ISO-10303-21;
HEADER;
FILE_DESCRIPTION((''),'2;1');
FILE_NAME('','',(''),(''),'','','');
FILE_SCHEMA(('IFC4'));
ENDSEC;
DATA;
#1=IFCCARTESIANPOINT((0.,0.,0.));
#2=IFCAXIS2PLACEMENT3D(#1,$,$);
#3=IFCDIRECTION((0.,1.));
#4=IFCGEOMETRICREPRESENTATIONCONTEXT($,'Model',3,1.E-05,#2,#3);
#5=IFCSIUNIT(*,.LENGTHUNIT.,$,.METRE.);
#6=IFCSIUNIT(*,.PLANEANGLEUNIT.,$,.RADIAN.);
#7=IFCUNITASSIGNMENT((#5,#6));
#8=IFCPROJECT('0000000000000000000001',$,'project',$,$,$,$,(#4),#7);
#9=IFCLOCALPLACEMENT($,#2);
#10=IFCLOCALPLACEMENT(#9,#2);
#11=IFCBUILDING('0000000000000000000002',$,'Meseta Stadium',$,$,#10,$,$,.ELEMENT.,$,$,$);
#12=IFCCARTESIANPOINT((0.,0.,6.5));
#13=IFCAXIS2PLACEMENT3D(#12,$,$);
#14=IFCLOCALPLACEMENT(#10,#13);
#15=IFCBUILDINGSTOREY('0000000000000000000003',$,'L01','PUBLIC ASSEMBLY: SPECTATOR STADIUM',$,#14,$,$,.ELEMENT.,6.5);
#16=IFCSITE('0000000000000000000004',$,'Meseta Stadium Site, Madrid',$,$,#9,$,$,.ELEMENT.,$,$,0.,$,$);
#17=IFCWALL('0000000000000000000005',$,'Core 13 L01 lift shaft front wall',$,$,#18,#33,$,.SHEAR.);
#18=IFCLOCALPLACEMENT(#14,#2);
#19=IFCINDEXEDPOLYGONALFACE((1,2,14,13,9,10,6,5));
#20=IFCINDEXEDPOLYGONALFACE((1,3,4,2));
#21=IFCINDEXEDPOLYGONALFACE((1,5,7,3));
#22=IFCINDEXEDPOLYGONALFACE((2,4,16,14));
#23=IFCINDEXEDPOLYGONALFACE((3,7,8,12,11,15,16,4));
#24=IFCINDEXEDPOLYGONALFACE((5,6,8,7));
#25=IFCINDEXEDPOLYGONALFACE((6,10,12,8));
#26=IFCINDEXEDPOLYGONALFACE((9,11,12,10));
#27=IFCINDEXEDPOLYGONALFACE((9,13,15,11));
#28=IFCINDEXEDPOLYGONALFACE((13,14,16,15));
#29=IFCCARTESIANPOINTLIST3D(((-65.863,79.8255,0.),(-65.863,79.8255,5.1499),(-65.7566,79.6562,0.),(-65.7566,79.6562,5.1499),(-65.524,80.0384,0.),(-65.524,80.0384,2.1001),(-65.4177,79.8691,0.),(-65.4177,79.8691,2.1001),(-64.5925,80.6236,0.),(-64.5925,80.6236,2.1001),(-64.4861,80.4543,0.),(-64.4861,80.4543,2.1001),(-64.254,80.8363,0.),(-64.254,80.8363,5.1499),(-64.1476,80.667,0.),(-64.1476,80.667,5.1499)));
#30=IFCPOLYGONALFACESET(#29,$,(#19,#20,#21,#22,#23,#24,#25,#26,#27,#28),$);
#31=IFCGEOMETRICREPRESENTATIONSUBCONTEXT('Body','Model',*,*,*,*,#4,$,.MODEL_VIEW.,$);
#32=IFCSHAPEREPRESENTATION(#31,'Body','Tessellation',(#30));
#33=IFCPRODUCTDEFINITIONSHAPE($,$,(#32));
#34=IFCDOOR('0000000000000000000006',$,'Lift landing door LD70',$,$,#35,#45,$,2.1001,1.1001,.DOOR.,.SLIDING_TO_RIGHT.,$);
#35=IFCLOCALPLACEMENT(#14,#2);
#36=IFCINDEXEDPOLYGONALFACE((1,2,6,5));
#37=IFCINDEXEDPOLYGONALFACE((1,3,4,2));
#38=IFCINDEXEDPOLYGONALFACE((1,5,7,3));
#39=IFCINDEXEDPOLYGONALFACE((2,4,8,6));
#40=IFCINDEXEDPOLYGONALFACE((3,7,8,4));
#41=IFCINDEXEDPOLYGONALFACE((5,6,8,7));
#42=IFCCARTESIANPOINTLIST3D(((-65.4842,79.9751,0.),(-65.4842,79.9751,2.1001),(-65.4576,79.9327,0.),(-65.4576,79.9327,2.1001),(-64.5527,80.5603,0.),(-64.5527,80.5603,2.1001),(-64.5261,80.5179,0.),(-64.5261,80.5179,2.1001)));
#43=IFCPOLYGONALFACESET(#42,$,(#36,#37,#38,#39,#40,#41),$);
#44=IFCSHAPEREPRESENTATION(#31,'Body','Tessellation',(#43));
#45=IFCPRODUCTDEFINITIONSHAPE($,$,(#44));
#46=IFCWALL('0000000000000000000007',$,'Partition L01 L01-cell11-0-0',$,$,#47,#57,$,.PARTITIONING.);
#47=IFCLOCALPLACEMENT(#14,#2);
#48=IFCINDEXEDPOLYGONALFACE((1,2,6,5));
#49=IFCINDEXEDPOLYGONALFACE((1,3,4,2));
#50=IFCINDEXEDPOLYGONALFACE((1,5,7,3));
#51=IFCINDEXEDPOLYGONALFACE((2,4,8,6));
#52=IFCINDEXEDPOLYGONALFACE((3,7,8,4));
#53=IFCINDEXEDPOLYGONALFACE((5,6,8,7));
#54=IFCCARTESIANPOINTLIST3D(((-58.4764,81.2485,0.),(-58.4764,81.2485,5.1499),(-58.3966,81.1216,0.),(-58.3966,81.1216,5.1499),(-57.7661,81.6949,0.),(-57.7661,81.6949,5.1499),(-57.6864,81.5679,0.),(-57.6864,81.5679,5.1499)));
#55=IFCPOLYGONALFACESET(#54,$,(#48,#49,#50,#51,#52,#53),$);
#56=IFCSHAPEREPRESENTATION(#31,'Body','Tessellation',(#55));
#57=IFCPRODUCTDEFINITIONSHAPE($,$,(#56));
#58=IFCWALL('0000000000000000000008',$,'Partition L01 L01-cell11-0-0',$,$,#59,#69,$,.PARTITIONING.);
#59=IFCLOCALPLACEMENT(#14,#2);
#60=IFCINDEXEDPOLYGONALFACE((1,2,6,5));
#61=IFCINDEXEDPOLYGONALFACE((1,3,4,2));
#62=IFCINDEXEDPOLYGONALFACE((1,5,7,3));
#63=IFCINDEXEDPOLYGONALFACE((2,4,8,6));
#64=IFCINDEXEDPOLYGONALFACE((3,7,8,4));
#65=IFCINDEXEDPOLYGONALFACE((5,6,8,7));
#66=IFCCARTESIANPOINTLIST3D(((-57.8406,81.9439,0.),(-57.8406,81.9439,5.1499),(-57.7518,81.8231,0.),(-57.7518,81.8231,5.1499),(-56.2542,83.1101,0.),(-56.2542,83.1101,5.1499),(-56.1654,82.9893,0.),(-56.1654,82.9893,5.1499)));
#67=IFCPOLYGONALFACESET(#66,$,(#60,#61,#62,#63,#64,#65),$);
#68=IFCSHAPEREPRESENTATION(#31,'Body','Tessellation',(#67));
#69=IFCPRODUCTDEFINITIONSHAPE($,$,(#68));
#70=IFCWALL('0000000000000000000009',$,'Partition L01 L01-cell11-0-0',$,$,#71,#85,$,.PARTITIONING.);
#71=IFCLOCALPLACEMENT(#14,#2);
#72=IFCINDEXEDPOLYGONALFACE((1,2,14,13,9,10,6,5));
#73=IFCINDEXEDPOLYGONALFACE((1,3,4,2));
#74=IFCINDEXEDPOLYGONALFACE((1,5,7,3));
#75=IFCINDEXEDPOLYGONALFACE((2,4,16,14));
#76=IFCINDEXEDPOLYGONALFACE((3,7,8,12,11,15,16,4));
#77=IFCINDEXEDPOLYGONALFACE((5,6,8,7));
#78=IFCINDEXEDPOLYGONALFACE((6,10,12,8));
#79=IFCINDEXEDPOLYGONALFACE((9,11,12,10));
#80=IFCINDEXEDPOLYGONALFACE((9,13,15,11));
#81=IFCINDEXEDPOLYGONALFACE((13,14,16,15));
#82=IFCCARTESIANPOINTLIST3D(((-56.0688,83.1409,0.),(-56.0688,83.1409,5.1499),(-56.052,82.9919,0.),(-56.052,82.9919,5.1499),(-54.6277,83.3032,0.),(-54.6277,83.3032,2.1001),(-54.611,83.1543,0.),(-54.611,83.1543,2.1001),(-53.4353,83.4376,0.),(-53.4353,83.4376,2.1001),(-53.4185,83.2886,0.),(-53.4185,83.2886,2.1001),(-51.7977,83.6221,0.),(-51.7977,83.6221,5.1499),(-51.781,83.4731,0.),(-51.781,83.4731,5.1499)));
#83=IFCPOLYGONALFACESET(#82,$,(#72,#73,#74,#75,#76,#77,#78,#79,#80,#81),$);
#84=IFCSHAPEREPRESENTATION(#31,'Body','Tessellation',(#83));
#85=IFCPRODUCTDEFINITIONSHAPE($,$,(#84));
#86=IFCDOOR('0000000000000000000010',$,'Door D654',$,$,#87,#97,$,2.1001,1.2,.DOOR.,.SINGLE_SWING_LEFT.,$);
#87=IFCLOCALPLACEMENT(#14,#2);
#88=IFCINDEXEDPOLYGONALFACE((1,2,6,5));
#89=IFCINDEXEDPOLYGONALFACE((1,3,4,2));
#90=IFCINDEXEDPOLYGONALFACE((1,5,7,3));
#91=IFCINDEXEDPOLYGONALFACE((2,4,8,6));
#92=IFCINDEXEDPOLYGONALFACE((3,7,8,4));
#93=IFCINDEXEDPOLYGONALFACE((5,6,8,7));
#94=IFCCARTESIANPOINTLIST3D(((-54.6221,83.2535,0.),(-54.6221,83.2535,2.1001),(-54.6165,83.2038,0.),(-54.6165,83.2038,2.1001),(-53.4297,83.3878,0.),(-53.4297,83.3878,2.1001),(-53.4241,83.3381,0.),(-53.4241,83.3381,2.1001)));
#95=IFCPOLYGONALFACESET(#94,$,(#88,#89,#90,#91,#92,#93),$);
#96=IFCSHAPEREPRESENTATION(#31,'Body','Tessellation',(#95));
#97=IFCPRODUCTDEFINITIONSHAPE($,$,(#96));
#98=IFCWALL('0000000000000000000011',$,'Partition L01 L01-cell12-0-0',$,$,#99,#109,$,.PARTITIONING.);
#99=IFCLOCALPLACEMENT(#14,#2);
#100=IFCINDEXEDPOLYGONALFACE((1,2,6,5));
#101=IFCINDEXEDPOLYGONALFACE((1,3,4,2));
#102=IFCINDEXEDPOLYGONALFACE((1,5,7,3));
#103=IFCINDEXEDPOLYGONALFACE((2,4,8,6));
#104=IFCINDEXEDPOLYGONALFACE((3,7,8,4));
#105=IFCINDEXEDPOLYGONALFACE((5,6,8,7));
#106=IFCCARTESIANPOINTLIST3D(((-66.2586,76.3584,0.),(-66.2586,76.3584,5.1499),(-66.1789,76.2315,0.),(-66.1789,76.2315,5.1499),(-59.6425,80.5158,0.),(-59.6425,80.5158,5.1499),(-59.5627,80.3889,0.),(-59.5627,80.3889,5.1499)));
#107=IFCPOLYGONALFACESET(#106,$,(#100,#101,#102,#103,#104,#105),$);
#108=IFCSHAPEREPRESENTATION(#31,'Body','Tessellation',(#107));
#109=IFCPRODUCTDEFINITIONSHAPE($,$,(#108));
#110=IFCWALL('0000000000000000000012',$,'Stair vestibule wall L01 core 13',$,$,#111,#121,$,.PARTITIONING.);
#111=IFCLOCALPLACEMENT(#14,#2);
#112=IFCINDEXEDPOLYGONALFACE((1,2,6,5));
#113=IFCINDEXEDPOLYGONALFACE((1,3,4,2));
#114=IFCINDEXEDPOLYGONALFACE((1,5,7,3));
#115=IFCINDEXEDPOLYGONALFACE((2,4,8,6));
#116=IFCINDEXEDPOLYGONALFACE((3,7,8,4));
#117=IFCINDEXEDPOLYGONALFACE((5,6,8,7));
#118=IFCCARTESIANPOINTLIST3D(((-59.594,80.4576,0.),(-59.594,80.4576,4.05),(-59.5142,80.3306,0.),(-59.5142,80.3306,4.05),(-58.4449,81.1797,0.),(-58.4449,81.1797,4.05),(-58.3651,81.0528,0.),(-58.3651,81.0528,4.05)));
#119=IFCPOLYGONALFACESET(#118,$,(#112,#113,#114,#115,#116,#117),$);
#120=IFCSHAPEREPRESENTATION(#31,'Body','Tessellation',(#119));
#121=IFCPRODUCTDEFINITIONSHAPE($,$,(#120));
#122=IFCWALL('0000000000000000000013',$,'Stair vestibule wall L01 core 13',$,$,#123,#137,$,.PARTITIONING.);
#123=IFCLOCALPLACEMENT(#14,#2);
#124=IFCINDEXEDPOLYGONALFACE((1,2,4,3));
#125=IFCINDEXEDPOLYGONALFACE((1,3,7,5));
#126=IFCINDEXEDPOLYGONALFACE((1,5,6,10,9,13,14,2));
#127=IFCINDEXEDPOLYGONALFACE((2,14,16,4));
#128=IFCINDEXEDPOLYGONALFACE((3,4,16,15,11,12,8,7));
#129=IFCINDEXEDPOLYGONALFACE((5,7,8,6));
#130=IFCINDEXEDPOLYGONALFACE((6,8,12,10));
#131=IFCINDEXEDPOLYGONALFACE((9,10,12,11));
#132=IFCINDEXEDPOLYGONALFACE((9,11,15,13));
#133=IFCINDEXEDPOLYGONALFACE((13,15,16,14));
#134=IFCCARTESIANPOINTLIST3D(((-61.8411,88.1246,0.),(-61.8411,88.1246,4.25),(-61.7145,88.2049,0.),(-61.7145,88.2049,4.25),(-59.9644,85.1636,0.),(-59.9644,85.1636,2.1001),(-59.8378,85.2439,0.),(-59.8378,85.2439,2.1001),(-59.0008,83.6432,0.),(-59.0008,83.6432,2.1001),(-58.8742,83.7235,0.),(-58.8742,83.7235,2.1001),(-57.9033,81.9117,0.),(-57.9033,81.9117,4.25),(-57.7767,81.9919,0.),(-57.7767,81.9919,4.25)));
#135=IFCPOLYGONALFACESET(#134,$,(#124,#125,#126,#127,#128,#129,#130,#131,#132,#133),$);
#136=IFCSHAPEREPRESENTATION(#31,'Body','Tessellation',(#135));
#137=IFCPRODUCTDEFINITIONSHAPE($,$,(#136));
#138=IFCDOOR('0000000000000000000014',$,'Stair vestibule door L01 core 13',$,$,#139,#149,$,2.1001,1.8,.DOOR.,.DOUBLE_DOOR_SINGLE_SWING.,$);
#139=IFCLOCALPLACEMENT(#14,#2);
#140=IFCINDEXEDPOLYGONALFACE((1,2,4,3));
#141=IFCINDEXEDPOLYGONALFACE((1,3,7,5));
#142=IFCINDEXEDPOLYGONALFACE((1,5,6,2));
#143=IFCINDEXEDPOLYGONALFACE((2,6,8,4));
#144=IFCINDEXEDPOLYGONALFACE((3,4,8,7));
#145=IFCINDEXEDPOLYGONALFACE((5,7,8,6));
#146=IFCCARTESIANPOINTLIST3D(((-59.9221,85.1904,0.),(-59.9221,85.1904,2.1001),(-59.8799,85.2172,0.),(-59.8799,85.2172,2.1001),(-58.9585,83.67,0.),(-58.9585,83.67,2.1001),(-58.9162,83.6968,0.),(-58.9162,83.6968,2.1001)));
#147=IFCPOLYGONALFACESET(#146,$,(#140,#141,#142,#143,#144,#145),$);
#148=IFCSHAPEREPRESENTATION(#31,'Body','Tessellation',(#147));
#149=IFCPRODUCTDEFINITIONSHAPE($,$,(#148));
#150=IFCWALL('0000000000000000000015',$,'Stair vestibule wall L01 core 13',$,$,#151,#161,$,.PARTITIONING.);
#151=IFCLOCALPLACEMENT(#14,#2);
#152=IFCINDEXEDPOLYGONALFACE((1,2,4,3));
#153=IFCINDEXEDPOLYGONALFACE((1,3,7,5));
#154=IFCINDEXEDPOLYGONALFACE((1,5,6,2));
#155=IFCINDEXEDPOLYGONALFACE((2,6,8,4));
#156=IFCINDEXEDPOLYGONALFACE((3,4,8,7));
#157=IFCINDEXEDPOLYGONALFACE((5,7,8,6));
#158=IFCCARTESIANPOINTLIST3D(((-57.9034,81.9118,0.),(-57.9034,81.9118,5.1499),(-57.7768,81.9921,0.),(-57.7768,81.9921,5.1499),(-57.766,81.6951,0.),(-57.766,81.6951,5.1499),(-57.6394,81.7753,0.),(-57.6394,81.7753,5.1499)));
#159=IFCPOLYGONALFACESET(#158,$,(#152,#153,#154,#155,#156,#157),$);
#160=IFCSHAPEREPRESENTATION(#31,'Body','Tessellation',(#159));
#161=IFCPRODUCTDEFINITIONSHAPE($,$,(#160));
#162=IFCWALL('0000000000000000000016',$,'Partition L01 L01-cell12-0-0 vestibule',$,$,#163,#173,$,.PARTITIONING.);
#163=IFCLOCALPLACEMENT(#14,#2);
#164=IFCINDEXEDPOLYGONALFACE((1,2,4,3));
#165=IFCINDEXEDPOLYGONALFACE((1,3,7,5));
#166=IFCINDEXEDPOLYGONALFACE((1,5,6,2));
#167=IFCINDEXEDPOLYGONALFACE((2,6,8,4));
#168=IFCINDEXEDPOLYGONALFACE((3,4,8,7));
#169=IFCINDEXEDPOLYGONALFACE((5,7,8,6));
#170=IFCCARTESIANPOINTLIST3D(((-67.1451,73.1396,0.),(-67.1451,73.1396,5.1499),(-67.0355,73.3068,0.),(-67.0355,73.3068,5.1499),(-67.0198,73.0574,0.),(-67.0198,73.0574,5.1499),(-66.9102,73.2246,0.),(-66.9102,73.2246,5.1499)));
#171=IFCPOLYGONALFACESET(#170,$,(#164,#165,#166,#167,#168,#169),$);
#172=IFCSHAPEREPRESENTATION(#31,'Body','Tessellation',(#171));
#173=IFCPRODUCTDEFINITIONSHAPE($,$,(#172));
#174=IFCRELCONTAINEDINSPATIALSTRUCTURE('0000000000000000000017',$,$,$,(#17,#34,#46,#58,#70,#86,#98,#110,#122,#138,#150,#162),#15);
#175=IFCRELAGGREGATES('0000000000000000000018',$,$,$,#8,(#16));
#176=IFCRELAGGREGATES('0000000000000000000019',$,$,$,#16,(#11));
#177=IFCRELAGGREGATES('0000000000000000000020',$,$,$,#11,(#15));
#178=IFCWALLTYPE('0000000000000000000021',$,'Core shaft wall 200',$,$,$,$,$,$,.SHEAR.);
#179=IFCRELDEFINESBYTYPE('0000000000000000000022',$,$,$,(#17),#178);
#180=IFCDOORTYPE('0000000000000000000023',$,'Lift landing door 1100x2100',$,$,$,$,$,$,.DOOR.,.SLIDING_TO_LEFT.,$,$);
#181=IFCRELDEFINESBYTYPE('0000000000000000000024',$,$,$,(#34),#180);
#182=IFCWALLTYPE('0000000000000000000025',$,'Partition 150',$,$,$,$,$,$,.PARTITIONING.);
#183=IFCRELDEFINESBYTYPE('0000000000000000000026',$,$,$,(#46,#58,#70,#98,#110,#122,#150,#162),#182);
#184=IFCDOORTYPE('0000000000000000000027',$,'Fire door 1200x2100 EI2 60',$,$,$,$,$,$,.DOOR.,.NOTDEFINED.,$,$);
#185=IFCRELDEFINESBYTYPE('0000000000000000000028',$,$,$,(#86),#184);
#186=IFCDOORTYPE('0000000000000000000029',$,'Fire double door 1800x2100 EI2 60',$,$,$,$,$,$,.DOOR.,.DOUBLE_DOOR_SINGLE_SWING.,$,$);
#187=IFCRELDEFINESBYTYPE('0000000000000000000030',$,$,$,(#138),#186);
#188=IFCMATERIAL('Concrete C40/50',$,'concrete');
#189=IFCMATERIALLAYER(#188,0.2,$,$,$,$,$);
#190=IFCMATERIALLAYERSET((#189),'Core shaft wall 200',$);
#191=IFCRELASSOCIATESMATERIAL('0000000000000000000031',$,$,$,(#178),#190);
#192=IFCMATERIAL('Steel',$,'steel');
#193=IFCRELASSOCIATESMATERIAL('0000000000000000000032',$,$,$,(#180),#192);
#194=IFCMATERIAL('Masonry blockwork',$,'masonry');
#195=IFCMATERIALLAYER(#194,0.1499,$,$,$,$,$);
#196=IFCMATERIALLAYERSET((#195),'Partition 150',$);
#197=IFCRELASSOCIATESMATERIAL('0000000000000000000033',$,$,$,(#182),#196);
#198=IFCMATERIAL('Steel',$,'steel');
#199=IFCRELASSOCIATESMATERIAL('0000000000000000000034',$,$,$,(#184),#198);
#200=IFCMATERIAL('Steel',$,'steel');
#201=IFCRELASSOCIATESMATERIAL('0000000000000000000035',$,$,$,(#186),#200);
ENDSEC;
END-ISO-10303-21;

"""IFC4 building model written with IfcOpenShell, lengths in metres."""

from ifc_helpers import new_model, si_unit, direction, frame, frame_2d, origin, place, context, subcontext, project, spatial, rectangle, extrude, material, layer, layer_set, type_object, element, fill, save


model = new_model("IFC4")

# Units and contexts
model_context = context("Model", 3, precision=1e-05, world=origin(), true_north=direction((0.0, 1.0)))
body_context = subcontext(model_context, "Body", "Model", "MODEL_VIEW")
ifc_project = project(units=[si_unit("LENGTHUNIT", "METRE"), si_unit("PLANEANGLEUNIT", "RADIAN")], contexts=[model_context])

# Site, building, storey
site_placement = place(None, origin())
site = spatial("IfcSite", under=ifc_project, at=site_placement, Name="Meseta Stadium Site, Madrid", CompositionType="ELEMENT", RefElevation=0.0)
building_placement = place(site_placement, origin())
building = spatial("IfcBuilding", under=site, at=building_placement, Name="Meseta Stadium", CompositionType="ELEMENT")
storey_placement = place(building_placement, frame((0.0, 0.0, 6.5)))
storey = spatial("IfcBuildingStorey", under=building, at=storey_placement, Name="L01", Description="PUBLIC ASSEMBLY: SPECTATOR STADIUM", CompositionType="ELEMENT", Elevation=6.5)

# Wall, opening, door
ifc_material_1 = material(Name="Concrete C40/50", Category="concrete")
ifc_layer_1 = layer(ifc_material_1, 0.2)
ifc_layer_set_1 = layer_set([ifc_layer_1], Name="Core shaft wall 200")
wall_type_1 = type_object("IfcWallType", Name="Core shaft wall 200", PredefinedType="SHEAR", material=ifc_layer_set_1)
wall_1_placement = place(storey_placement, frame((-64.2007, 80.7517, 0.0), z_axis=(0.0, 0.0, 1.0), x_axis=(-0.846769, -0.531961, 0.0)))
wall_1 = element("IfcWall", 1, at=wall_1_placement, inside=storey, type_object=wall_type_1, Name="Core 13 L01 lift shaft front wall", PredefinedType="SHEAR", context=body_context, shape_type="SweptSolid", body=[
    extrude(rectangle(XDim=1.9001, YDim=0.2, at=frame_2d((0.9502, 0.0))), origin(), (0.0, 0.0, 1.0), 5.1499),
])
opening_1_placement = place(wall_1_placement, frame((0.3999, 0.0, 0.0)))
opening_1 = element("IfcOpeningElement", 2, at=opening_1_placement, cuts=wall_1, PredefinedType="OPENING", context=body_context, shape_type="SweptSolid", body=[
    extrude(rectangle(XDim=1.1001, YDim=2.1001, at=frame_2d((0.55, 1.05))), frame((0.0, 0.1099, 0.0), z_axis=(0.0, -1.0, 0.0), x_axis=(1.0, 0.0, 0.0)), (0.0, 0.0, 1.0), 0.22),
])
ifc_material_2 = material(Name="Steel", Category="steel")
door_type_1 = type_object("IfcDoorType", Name="Lift landing door 1100x2100", OperationType="SLIDING_TO_LEFT", PredefinedType="DOOR", material=ifc_material_2)
door_1_placement = place(opening_1_placement, origin())
door_1 = element("IfcDoor", 3, at=door_1_placement, inside=storey, type_object=door_type_1, Name="Lift landing door LD70", OperationType="SLIDING_TO_RIGHT", OverallHeight=2.1001, OverallWidth=1.1001, PredefinedType="DOOR", context=body_context, shape_type="SweptSolid", body=[
    extrude(rectangle(XDim=1.1001, YDim=2.1001, at=frame_2d((0.55, 1.05))), frame((0.0, 0.0249, 0.0), z_axis=(0.0, -1.0, 0.0), x_axis=(1.0, 0.0, 0.0)), (0.0, 0.0, 1.0), 0.05),
])
fill(opening_1, door_1)

# Walls
ifc_material_3 = material(Name="Masonry blockwork", Category="masonry")
ifc_layer_2 = layer(ifc_material_3, 0.1499)
ifc_layer_set_2 = layer_set([ifc_layer_2], Name="Partition 150")
wall_type_2 = type_object("IfcWallType", Name="Partition 150", PredefinedType="PARTITIONING", material=ifc_layer_set_2)
wall_2_placement = place(storey_placement, frame((-58.4365, 81.1851, 0.0), z_axis=(0.0, 0.0, 1.0), x_axis=(0.846704, 0.532064, 0.0)))
element("IfcWall", 4, at=wall_2_placement, inside=storey, type_object=wall_type_2, Name="Partition L01 L01-cell11-0-0", PredefinedType="PARTITIONING", context=body_context, shape_type="SweptSolid", body=[
    extrude(rectangle(XDim=0.8389, YDim=0.1499, at=frame_2d((0.4194, 0.0))), origin(), (0.0, 0.0, 1.0), 5.1499),
])
wall_3_placement = place(storey_placement, frame((-57.7961, 81.8835, 0.0), z_axis=(0.0, 0.0, 1.0), x_axis=(0.805707, 0.592315, 0.0)))
element("IfcWall", 5, at=wall_3_placement, inside=storey, type_object=wall_type_2, Name="Partition L01 L01-cell11-0-0", PredefinedType="PARTITIONING", context=body_context, shape_type="SweptSolid", body=[
    extrude(rectangle(XDim=1.969, YDim=0.1499, at=frame_2d((0.9844, 0.0))), origin(), (0.0, 0.0, 1.0), 5.1499),
])

# Wall, opening, door
wall_4_placement = place(storey_placement, frame((-56.0603, 83.0664, 0.0), z_axis=(0.0, 0.0, 1.0), x_axis=(0.993713, 0.111959, 0.0)))
wall_4 = element("IfcWall", 6, at=wall_4_placement, inside=storey, type_object=wall_type_2, Name="Partition L01 L01-cell11-0-0", PredefinedType="PARTITIONING", context=body_context, shape_type="SweptSolid", body=[
    extrude(rectangle(XDim=4.2981, YDim=0.1499, at=frame_2d((2.1489, 0.0))), origin(), (0.0, 0.0, 1.0), 5.1499),
])
opening_2_placement = place(wall_4_placement, frame((1.45, 0.0, 0.0)))
opening_2 = element("IfcOpeningElement", 7, at=opening_2_placement, cuts=wall_4, PredefinedType="OPENING", context=body_context, shape_type="SweptSolid", body=[
    extrude(rectangle(XDim=1.2, YDim=2.1001, at=frame_2d((0.6001, 1.05))), frame((0.0, 0.085, 0.0), z_axis=(0.0, -1.0, 0.0), x_axis=(1.0, 0.0, 0.0)), (0.0, 0.0, 1.0), 0.1699),
])
ifc_material_4 = material(Name="Steel", Category="steel")
door_type_2 = type_object("IfcDoorType", Name="Fire door 1200x2100 EI2 60", OperationType="NOTDEFINED", PredefinedType="DOOR", material=ifc_material_4)
door_2_placement = place(opening_2_placement, origin())
door_2 = element("IfcDoor", 8, at=door_2_placement, inside=storey, type_object=door_type_2, Name="Door D654", OperationType="SINGLE_SWING_LEFT", OverallHeight=2.1001, OverallWidth=1.2, PredefinedType="DOOR", context=body_context, shape_type="SweptSolid", body=[
    extrude(rectangle(XDim=1.2, YDim=2.1001, at=frame_2d((0.6001, 1.05))), frame((0.0, 0.0249, 0.0), z_axis=(0.0, -1.0, 0.0), x_axis=(1.0, 0.0, 0.0)), (0.0, 0.0, 1.0), 0.05),
])
fill(opening_2, door_2)

# Walls
wall_5_placement = place(storey_placement, frame((-66.2188, 76.2949, 0.0), z_axis=(0.0, 0.0, 1.0), x_axis=(0.846711, 0.532053, 0.0)))
element("IfcWall", 9, at=wall_5_placement, inside=storey, type_object=wall_type_2, Name="Partition L01 L01-cell12-0-0", PredefinedType="PARTITIONING", context=body_context, shape_type="SweptSolid", body=[
    extrude(rectangle(XDim=7.814, YDim=0.1499, at=frame_2d((3.907, 0.0))), origin(), (0.0, 0.0, 1.0), 5.1499),
])
wall_6_placement = place(storey_placement, frame((-59.5542, 80.394, 0.0), z_axis=(0.0, 0.0, 1.0), x_axis=(0.846692, 0.532083, 0.0)))
element("IfcWall", 10, at=wall_6_placement, inside=storey, type_object=wall_type_2, Name="Stair vestibule wall L01 core 13", PredefinedType="PARTITIONING", context=body_context, shape_type="SweptSolid", body=[
    extrude(rectangle(XDim=1.3572, YDim=0.1499, at=frame_2d((0.6787, 0.0))), origin(), (0.0, 0.0, 1.0), 4.05),
])

# Wall, opening, door
wall_7_placement = place(storey_placement, frame((-57.8401, 81.9519, 0.0), z_axis=(0.0, 0.0, 1.0), x_axis=(-0.535335, 0.84464, 0.0)))
wall_7 = element("IfcWall", 11, at=wall_7_placement, inside=storey, type_object=wall_type_2, Name="Stair vestibule wall L01 core 13", PredefinedType="PARTITIONING", context=body_context, shape_type="SweptSolid", body=[
    extrude(rectangle(XDim=7.3557, YDim=0.1499, at=frame_2d((3.6777, 0.0))), origin(), (0.0, 0.0, 1.0), 4.25),
])
opening_3_placement = place(wall_7_placement, frame((2.05, 0.0, 0.0)))
opening_3 = element("IfcOpeningElement", 12, at=opening_3_placement, cuts=wall_7, PredefinedType="OPENING", context=body_context, shape_type="SweptSolid", body=[
    extrude(rectangle(XDim=1.8, YDim=2.1001, at=frame_2d((0.8999, 1.05))), frame((0.0, 0.085, 0.0), z_axis=(0.0, -1.0, 0.0), x_axis=(1.0, 0.0, 0.0)), (0.0, 0.0, 1.0), 0.1699),
])
ifc_material_5 = material(Name="Steel", Category="steel")
door_type_3 = type_object("IfcDoorType", Name="Fire double door 1800x2100 EI2 60", OperationType="DOUBLE_DOOR_SINGLE_SWING", PredefinedType="DOOR", material=ifc_material_5)
door_3_placement = place(opening_3_placement, origin())
door_3 = element("IfcDoor", 13, at=door_3_placement, inside=storey, type_object=door_type_3, Name="Stair vestibule door L01 core 13", OperationType="DOUBLE_DOOR_SINGLE_SWING", OverallHeight=2.1001, OverallWidth=1.8, PredefinedType="DOOR", context=body_context, shape_type="SweptSolid", body=[
    extrude(rectangle(XDim=1.8, YDim=2.1001, at=frame_2d((0.8999, 1.05))), frame((0.0, 0.0249, 0.0), z_axis=(0.0, -1.0, 0.0), x_axis=(1.0, 0.0, 0.0)), (0.0, 0.0, 1.0), 0.05),
])
fill(opening_3, door_3)

# Walls
wall_8_placement = place(storey_placement, frame((-57.7026, 81.7351, 0.0), z_axis=(0.0, 0.0, 1.0), x_axis=(-0.535459, 0.844561, 0.0)))
element("IfcWall", 14, at=wall_8_placement, inside=storey, type_object=wall_type_2, Name="Stair vestibule wall L01 core 13", PredefinedType="PARTITIONING", context=body_context, shape_type="SweptSolid", body=[
    extrude(rectangle(XDim=0.2566, YDim=0.1499, at=frame_2d((0.1284, 0.0))), origin(), (0.0, 0.0, 1.0), 5.1499),
])
wall_9_placement = place(storey_placement, frame((-67.0825, 73.0984, 0.0), z_axis=(0.0, 0.0, 1.0), x_axis=(0.548203, 0.836345, 0.0)))
element("IfcWall", 15, at=wall_9_placement, inside=storey, type_object=wall_type_2, Name="Partition L01 L01-cell12-0-0 vestibule", PredefinedType="PARTITIONING", context=body_context, shape_type="SweptSolid", body=[
    extrude(rectangle(XDim=0.2, YDim=0.1499, at=frame_2d((0.1001, 0.0))), origin(), (0.0, 0.0, 1.0), 5.1499),
])

save(model, "model.ifc")
